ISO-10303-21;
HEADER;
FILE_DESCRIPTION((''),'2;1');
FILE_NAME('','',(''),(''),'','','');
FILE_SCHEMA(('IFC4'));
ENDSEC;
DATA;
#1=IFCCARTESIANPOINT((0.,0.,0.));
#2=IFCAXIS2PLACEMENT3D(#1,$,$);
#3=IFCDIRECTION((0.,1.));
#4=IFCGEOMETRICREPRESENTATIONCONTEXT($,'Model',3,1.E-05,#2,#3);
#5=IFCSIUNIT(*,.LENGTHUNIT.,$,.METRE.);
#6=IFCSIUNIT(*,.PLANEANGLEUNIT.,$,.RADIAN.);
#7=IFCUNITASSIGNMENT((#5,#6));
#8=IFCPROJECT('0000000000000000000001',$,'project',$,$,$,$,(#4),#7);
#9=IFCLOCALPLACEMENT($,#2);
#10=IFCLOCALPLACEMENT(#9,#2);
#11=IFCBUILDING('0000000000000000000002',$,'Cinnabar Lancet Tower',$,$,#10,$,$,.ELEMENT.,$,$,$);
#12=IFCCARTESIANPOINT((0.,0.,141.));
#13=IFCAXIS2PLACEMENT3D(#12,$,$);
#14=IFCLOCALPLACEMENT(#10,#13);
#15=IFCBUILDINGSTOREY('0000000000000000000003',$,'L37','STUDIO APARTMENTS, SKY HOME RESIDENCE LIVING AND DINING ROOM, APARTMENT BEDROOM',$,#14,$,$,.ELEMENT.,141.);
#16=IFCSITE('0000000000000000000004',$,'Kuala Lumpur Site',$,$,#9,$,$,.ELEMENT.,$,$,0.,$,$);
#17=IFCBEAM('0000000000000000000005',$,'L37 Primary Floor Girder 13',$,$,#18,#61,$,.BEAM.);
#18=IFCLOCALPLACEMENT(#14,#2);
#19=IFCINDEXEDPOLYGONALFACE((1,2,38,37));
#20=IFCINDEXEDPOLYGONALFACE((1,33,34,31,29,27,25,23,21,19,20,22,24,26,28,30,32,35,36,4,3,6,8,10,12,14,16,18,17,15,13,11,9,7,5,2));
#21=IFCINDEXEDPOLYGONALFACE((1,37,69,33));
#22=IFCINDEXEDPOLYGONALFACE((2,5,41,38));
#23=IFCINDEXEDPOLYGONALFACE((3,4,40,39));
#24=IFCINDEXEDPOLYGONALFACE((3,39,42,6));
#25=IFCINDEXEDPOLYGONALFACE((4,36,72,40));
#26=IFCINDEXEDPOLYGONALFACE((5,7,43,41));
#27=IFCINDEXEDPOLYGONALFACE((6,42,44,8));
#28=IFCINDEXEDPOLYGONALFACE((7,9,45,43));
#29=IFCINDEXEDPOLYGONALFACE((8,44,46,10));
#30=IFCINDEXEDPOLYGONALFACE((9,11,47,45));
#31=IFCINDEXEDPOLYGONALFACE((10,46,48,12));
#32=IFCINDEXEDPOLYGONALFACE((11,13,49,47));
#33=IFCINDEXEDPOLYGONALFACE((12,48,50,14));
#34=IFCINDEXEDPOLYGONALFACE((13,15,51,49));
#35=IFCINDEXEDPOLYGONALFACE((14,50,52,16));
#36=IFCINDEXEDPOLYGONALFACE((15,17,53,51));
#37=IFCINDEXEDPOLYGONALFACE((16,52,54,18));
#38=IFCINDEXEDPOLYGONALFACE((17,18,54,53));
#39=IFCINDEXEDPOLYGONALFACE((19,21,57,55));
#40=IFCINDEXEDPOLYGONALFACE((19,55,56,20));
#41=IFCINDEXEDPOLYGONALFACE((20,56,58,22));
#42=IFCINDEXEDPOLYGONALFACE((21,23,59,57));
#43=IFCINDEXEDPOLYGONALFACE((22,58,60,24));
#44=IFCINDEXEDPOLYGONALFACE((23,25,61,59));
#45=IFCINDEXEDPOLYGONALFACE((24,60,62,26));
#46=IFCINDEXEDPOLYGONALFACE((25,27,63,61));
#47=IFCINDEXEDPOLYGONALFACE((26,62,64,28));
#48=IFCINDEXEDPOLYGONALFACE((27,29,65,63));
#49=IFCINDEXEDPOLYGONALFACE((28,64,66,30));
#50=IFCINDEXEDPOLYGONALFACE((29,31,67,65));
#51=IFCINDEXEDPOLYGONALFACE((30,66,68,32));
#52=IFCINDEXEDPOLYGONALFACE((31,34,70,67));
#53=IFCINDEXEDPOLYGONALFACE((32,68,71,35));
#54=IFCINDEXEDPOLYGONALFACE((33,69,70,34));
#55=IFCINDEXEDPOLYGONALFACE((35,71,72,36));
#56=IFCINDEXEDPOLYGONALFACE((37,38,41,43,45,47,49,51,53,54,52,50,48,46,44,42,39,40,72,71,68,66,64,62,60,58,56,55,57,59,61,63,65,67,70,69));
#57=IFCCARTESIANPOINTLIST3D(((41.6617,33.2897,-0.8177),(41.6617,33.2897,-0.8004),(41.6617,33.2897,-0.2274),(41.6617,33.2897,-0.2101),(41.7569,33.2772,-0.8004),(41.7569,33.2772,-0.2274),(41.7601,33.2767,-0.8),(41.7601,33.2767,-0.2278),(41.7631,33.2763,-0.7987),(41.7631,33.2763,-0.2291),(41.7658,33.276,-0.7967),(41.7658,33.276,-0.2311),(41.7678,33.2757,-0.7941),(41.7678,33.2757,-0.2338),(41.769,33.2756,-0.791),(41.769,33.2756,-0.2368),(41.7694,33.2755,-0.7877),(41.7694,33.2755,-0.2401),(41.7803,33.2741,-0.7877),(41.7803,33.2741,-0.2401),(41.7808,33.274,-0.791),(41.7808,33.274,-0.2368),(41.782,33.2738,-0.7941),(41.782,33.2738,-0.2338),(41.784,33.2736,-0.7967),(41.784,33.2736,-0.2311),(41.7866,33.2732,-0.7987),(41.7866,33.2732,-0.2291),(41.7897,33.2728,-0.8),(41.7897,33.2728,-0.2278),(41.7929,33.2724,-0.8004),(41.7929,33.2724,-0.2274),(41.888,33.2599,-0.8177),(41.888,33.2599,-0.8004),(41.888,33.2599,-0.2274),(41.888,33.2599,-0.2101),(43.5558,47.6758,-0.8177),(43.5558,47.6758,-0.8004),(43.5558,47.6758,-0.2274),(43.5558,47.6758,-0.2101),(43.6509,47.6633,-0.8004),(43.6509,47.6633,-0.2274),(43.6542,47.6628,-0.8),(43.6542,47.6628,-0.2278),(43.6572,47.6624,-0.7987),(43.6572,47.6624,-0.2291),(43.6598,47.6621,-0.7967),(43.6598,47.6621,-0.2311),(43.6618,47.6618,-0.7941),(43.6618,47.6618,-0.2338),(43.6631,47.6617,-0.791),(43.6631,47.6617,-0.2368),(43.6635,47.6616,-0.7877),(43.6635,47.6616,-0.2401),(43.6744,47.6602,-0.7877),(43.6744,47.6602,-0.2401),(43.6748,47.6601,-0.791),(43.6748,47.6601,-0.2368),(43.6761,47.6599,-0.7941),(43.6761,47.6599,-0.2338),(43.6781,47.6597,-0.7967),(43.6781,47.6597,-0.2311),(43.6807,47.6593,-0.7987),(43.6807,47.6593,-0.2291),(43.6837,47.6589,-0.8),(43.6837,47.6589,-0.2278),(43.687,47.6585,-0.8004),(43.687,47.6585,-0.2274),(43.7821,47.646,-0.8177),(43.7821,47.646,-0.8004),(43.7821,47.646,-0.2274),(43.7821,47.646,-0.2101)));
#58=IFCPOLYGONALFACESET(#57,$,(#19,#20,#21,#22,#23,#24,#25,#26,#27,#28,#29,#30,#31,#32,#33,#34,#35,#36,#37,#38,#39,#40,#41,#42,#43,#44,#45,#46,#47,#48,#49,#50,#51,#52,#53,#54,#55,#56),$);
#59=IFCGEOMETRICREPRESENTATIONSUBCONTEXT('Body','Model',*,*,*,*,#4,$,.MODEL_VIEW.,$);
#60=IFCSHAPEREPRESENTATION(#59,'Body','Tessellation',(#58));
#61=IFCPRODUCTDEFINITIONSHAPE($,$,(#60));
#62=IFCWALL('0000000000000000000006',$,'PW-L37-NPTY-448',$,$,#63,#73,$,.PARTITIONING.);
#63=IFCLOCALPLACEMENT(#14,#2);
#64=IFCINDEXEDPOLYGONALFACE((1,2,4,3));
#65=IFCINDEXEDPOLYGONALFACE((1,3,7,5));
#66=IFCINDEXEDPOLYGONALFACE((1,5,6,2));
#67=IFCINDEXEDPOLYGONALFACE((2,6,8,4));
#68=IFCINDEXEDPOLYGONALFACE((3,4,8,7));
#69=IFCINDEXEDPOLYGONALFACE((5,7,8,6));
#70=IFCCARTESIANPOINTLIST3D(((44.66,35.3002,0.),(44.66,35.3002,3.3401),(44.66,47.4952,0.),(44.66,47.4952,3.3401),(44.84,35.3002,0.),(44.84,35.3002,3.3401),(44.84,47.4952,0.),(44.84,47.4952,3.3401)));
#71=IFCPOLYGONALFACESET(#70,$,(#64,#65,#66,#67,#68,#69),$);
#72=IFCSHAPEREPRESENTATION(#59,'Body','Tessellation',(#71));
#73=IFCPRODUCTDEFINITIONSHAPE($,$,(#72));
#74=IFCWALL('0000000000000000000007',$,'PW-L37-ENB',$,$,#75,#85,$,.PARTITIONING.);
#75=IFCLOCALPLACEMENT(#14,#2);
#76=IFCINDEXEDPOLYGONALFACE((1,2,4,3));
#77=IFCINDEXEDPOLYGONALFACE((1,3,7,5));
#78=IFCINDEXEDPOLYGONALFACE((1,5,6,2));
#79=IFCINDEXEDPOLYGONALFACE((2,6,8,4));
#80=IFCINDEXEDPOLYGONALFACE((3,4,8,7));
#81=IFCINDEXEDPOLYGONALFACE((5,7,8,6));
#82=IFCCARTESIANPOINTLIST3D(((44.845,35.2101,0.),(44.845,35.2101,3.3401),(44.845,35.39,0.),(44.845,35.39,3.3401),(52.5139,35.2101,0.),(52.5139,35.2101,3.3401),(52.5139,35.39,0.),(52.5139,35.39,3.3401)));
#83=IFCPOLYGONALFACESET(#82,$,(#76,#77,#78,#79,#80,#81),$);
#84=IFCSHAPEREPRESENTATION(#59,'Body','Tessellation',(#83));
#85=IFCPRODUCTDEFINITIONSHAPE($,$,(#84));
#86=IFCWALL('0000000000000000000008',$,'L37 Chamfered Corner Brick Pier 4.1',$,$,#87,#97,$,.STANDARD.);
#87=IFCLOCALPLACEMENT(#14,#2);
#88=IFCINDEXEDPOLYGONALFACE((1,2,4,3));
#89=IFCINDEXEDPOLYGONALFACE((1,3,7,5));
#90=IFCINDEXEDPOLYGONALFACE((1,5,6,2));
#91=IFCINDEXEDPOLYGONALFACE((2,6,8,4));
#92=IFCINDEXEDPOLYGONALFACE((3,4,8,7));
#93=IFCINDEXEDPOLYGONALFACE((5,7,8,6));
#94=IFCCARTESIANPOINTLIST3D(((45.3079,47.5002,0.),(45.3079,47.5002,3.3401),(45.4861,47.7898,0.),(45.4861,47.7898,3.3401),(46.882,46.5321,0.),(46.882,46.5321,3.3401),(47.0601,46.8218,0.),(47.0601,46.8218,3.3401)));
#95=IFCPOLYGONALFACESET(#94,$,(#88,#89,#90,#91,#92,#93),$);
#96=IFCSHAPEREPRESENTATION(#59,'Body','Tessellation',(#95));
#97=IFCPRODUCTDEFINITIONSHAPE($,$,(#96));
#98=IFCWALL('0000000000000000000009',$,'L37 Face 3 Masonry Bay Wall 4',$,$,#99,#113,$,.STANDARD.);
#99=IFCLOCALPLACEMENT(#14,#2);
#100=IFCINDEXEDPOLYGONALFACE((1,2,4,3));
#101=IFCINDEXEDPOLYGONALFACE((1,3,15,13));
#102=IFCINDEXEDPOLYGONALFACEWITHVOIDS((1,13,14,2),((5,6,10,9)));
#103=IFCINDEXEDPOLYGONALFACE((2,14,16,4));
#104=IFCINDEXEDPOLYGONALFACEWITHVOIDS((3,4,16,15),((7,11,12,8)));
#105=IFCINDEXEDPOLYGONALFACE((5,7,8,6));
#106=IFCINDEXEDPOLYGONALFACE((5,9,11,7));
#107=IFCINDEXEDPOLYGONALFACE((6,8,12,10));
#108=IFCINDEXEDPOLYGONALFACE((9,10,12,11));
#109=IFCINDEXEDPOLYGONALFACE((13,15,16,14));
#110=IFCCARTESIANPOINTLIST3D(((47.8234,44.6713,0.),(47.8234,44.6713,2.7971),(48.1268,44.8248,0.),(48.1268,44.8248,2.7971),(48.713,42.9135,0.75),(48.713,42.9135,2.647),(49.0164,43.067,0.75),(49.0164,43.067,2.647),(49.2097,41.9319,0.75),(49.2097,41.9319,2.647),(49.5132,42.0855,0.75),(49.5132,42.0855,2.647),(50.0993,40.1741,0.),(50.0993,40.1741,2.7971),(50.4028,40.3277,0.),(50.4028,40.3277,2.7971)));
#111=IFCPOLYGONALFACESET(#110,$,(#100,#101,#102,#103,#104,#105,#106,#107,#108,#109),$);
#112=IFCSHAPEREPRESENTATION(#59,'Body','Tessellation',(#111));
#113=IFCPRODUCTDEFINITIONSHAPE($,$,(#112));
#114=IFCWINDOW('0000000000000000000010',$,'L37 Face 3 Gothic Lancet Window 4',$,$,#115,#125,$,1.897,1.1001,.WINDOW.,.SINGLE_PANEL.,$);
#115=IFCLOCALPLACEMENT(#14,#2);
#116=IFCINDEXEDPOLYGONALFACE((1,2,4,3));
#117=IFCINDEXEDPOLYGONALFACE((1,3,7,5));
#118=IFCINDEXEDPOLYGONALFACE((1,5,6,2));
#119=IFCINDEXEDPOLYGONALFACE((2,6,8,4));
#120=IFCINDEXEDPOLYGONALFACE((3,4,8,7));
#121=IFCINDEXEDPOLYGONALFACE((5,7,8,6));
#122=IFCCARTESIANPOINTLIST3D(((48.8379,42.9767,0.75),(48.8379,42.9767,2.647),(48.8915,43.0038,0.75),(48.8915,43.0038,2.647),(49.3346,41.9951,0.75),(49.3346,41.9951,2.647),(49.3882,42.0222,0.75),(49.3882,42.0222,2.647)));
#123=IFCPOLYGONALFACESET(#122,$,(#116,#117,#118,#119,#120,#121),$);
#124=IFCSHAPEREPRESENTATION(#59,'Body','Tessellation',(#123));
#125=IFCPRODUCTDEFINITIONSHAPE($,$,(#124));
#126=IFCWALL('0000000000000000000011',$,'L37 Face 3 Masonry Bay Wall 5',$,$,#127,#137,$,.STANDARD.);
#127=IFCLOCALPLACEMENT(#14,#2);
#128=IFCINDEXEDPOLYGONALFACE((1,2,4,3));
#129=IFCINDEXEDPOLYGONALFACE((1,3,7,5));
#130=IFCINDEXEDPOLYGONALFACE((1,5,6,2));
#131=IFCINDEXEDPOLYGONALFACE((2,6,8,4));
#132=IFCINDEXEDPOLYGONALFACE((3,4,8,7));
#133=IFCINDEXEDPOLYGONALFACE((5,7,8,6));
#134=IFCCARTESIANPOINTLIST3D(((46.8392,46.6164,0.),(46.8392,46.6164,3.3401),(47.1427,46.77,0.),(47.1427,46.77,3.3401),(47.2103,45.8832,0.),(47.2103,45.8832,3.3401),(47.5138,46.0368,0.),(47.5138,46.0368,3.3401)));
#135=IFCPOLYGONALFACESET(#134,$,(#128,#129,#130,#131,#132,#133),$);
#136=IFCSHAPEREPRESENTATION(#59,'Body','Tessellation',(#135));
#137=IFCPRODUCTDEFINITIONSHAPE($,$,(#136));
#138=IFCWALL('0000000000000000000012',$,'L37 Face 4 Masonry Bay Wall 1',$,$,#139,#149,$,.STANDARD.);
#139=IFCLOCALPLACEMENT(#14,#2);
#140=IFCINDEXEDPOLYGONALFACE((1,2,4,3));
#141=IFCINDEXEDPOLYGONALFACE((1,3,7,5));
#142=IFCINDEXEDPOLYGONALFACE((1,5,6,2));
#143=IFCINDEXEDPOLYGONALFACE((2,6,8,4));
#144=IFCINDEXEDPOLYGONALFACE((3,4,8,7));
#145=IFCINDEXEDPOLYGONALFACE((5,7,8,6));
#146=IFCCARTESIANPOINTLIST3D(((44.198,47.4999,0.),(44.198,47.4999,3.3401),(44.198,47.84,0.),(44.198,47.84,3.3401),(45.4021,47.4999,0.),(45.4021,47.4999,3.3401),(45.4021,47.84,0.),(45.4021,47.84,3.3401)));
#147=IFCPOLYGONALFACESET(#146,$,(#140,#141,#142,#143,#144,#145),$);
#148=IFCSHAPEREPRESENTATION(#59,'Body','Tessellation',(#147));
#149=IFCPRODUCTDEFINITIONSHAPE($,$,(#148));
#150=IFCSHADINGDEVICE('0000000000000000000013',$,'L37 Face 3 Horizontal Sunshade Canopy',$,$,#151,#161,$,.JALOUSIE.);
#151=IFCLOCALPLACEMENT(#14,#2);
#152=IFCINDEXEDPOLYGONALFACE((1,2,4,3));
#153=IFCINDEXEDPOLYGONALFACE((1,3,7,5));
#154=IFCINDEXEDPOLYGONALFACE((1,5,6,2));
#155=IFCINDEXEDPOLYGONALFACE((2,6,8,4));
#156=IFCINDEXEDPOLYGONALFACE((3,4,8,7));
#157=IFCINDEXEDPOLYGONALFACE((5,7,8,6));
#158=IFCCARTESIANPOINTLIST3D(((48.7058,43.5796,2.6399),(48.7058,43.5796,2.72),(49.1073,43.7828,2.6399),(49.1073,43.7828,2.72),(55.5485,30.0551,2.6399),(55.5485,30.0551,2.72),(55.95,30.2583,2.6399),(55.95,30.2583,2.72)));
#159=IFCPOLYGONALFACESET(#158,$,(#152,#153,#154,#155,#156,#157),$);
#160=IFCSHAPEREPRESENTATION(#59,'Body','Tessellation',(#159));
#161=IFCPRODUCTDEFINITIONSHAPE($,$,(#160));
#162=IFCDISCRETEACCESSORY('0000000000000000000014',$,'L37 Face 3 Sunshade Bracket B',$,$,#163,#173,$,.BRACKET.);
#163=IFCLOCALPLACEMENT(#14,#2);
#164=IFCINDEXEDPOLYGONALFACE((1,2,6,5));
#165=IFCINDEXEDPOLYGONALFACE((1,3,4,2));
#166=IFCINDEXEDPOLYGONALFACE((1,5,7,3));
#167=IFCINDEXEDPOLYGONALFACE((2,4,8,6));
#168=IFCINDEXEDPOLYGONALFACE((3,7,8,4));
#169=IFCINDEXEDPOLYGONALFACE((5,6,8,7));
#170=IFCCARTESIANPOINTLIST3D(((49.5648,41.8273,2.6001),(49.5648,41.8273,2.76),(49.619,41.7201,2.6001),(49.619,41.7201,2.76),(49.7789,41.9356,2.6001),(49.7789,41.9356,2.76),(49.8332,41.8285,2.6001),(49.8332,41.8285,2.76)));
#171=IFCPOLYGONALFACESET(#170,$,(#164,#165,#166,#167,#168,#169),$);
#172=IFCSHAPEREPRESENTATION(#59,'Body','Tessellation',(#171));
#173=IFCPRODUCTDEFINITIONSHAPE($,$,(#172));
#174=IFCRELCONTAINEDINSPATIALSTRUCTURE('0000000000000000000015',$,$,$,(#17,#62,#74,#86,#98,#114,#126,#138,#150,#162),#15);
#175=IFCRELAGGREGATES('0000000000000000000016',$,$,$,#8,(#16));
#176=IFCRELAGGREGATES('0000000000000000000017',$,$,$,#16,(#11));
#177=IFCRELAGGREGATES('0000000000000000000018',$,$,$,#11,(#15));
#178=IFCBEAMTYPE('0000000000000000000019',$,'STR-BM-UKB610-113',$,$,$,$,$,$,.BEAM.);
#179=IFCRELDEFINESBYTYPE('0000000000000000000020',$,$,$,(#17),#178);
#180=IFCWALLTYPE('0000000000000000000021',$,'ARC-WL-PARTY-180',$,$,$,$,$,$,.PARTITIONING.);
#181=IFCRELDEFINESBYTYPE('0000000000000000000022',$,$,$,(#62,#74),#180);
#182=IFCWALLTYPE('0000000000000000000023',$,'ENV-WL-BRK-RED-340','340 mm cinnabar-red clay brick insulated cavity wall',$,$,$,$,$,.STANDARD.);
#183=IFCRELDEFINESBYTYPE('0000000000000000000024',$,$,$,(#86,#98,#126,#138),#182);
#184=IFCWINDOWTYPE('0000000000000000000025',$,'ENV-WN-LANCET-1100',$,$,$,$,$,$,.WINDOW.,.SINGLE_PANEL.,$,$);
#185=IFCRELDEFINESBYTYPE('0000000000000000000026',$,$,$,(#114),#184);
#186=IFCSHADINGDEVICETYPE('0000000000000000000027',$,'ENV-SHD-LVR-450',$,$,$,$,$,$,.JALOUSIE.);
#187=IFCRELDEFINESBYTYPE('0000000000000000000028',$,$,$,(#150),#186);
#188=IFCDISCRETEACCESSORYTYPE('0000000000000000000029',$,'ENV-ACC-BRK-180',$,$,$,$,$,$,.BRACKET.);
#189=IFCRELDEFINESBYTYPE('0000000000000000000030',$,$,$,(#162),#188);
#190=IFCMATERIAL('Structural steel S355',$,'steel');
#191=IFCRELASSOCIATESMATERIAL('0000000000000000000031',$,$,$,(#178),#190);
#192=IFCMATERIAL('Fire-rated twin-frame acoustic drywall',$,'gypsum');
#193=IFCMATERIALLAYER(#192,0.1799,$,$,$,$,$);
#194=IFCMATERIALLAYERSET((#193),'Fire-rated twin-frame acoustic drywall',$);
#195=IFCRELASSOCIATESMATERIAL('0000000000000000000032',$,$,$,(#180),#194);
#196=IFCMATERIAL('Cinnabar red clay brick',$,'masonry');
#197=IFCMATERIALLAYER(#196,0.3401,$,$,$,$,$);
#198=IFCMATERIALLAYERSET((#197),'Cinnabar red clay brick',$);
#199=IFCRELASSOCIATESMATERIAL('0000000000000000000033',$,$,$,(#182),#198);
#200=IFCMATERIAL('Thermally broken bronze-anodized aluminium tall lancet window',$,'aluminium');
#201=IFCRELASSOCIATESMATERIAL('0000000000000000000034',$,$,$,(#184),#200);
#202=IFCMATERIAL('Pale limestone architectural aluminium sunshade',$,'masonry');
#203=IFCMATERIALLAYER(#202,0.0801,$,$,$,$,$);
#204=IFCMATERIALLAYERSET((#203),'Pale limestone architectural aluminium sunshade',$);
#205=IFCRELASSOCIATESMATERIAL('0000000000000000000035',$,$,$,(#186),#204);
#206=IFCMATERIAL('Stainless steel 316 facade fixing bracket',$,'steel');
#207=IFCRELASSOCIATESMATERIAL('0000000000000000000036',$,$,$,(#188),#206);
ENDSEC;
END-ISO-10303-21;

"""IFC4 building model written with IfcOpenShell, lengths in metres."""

from ifc_helpers import new_model, si_unit, direction, frame, frame_2d, origin, origin_2d, place, context, subcontext, project, spatial, rectangle, i_section, extrude, material, layer, layer_set, material_profile, profile_set, type_object, element, fill, save


model = new_model("IFC4")

# Units and contexts
model_context = context("Model", 3, precision=1e-05, world=origin(), true_north=direction((0.0, 1.0)))
body_context = subcontext(model_context, "Body", "Model", "MODEL_VIEW")
ifc_project = project(units=[si_unit("LENGTHUNIT", "METRE"), si_unit("PLANEANGLEUNIT", "RADIAN")], contexts=[model_context])

# Site, building, storey
site_placement = place(None, origin())
site = spatial("IfcSite", under=ifc_project, at=site_placement, Name="Kuala Lumpur Site", CompositionType="ELEMENT", RefElevation=0.0)
building_placement = place(site_placement, origin())
building = spatial("IfcBuilding", under=site, at=building_placement, Name="Cinnabar Lancet Tower", CompositionType="ELEMENT")
storey_placement = place(building_placement, frame((0.0, 0.0, 141.0)))
storey = spatial("IfcBuildingStorey", under=building, at=storey_placement, Name="L37", Description="STUDIO APARTMENTS, SKY HOME RESIDENCE LIVING AND DINING ROOM, APARTMENT BEDROOM", CompositionType="ELEMENT", Elevation=141.0)

# Beam
ifc_material_1 = material(Name="Structural steel S355", Category="steel")
ifc_material_profile_1 = material_profile(ifc_material_1, i_section(OverallWidth=0.2283, OverallDepth=0.6077, WebThickness=0.011, FlangeThickness=0.0173, FilletRadius=0.0127, at=origin_2d()), Name="UKB 610x229x113")
ifc_profile_set_1 = profile_set([ifc_material_profile_1], Name="Structural steel S355")
beam_type_1 = type_object("IfcBeamType", Name="STR-BM-UKB610-113", PredefinedType="BEAM", material=ifc_profile_set_1)
beam_1_placement = place(storey_placement, frame((43.6689, 47.6609, -0.5139), z_axis=(-0.130532, -0.991444, 0.0), x_axis=(0.991444, -0.130532, 0.0)))
element("IfcBeam", 1, at=beam_1_placement, inside=storey, type_object=beam_type_1, Name="L37 Primary Floor Girder 13", PredefinedType="BEAM", context=body_context, shape_type="SweptSolid", body=[
    extrude(i_section(OverallWidth=0.2283, OverallDepth=0.6077, WebThickness=0.011, FlangeThickness=0.0173, FilletRadius=0.0127, at=origin_2d()), origin(), (0.0, 0.0, 1.0), 14.5103),
])

# Walls
ifc_material_2 = material(Name="Fire-rated twin-frame acoustic drywall", Category="gypsum")
ifc_layer_1 = layer(ifc_material_2, 0.1799)
ifc_layer_set_1 = layer_set([ifc_layer_1], Name="Fire-rated twin-frame acoustic drywall")
wall_type_1 = type_object("IfcWallType", Name="ARC-WL-PARTY-180", PredefinedType="PARTITIONING", material=ifc_layer_set_1)
wall_1_placement = place(storey_placement, frame((44.75, 35.3, 0.0), z_axis=(0.0, 0.0, 1.0), x_axis=(0.0, 1.0, 0.0)))
element("IfcWall", 2, at=wall_1_placement, inside=storey, type_object=wall_type_1, Name="PW-L37-NPTY-448", PredefinedType="PARTITIONING", context=body_context, shape_type="SweptSolid", body=[
    extrude(rectangle(XDim=12.1951, YDim=0.1799, at=frame_2d((6.0977, 0.0))), origin(), (0.0, 0.0, 1.0), 3.3401),
])
wall_2_placement = place(storey_placement, frame((44.845, 35.3, 0.0), z_axis=(0.0, 0.0, 1.0), x_axis=(1.0, 0.0, 0.0)))
element("IfcWall", 3, at=wall_2_placement, inside=storey, type_object=wall_type_1, Name="PW-L37-ENB", PredefinedType="PARTITIONING", context=body_context, shape_type="SweptSolid", body=[
    extrude(rectangle(XDim=7.6689, YDim=0.1799, at=frame_2d((3.8345, 0.0))), origin(), (0.0, 0.0, 1.0), 3.3401),
])
ifc_material_3 = material(Name="Cinnabar red clay brick", Category="masonry")
ifc_layer_2 = layer(ifc_material_3, 0.3401)
ifc_layer_set_2 = layer_set([ifc_layer_2], Name="Cinnabar red clay brick")
wall_type_2 = type_object("IfcWallType", Name="ENV-WL-BRK-RED-340", Description="340 mm cinnabar-red clay brick insulated cavity wall", PredefinedType="STANDARD", material=ifc_layer_set_2)
wall_3_placement = place(storey_placement, frame((46.9709, 46.677, 0.0), z_axis=(0.0, 0.0, 1.0), x_axis=(-0.851799, 0.523869, 0.0)))
element("IfcWall", 4, at=wall_3_placement, inside=storey, type_object=wall_type_2, Name="L37 Chamfered Corner Brick Pier 4.1", PredefinedType="STANDARD", context=body_context, shape_type="SweptSolid", body=[
    extrude(rectangle(XDim=1.8479, YDim=0.3401, at=frame_2d((0.9238, 0.0))), origin(), (0.0, 0.0, 1.0), 3.3401),
])

# Wall, opening, window
wall_4_placement = place(storey_placement, frame((50.251, 40.251, 0.0), z_axis=(0.0, 0.0, 1.0), x_axis=(-0.451548, 0.892247, 0.0)))
wall_4 = element("IfcWall", 5, at=wall_4_placement, inside=storey, type_object=wall_type_2, Name="L37 Face 3 Masonry Bay Wall 4", PredefinedType="STANDARD", context=body_context, shape_type="SweptSolid", body=[
    extrude(rectangle(XDim=5.0403, YDim=0.3401, at=frame_2d((2.52, 0.0))), origin(), (0.0, 0.0, 1.0), 2.7971),
])
opening_placement = place(wall_4_placement, frame((1.97, 0.0, 0.75)))
opening = element("IfcOpeningElement", 6, at=opening_placement, cuts=wall_4, PredefinedType="OPENING", context=body_context, shape_type="SweptSolid", body=[
    extrude(rectangle(XDim=1.1001, YDim=1.897, at=frame_2d((0.55, 0.9485))), frame((0.0, 0.1799, 0.0), z_axis=(0.0, -1.0, 0.0), x_axis=(1.0, 0.0, 0.0)), (0.0, 0.0, 1.0), 0.3601),
])
ifc_material_4 = material(Name="Thermally broken bronze-anodized aluminium tall lancet window", Category="aluminium")
window_type = type_object("IfcWindowType", Name="ENV-WN-LANCET-1100", PartitioningType="SINGLE_PANEL", PredefinedType="WINDOW", material=ifc_material_4)
window_placement = place(opening_placement, origin())
window = element("IfcWindow", 7, at=window_placement, inside=storey, type_object=window_type, Name="L37 Face 3 Gothic Lancet Window 4", OverallHeight=1.897, OverallWidth=1.1001, PartitioningType="SINGLE_PANEL", PredefinedType="WINDOW", context=body_context, shape_type="SweptSolid", body=[
    extrude(rectangle(XDim=1.1001, YDim=1.897, at=frame_2d((0.55, 0.9485))), frame((0.0, 0.03, 0.0), z_axis=(0.0, -1.0, 0.0), x_axis=(1.0, 0.0, 0.0)), (0.0, 0.0, 1.0), 0.0601),
])
fill(opening, window)

# Walls
wall_5_placement = place(storey_placement, frame((47.3621, 45.96, 0.0), z_axis=(0.0, 0.0, 1.0), x_axis=(-0.451605, 0.892218, 0.0)))
element("IfcWall", 8, at=wall_5_placement, inside=storey, type_object=wall_type_2, Name="L37 Face 3 Masonry Bay Wall 5", PredefinedType="STANDARD", context=body_context, shape_type="SweptSolid", body=[
    extrude(rectangle(XDim=0.8218, YDim=0.3401, at=frame_2d((0.4109, 0.0))), origin(), (0.0, 0.0, 1.0), 3.3401),
])
wall_6_placement = place(storey_placement, frame((45.4021, 47.6699, 0.0), z_axis=(0.0, 0.0, 1.0), x_axis=(-1.0, 0.0, 0.0)))
element("IfcWall", 9, at=wall_6_placement, inside=storey, type_object=wall_type_2, Name="L37 Face 4 Masonry Bay Wall 1", PredefinedType="STANDARD", context=body_context, shape_type="SweptSolid", body=[
    extrude(rectangle(XDim=1.2041, YDim=0.3401, at=frame_2d((0.6021, 0.0))), origin(), (0.0, 0.0, 1.0), 3.3401),
])

# Shading device
ifc_material_5 = material(Name="Pale limestone architectural aluminium sunshade", Category="masonry")
ifc_layer_3 = layer(ifc_material_5, 0.0801)
ifc_layer_set_3 = layer_set([ifc_layer_3], Name="Pale limestone architectural aluminium sunshade")
shading_device_type = type_object("IfcShadingDeviceType", Name="ENV-SHD-LVR-450", PredefinedType="JALOUSIE", material=ifc_layer_set_3)
shading_device_placement = place(storey_placement, frame((52.3279, 36.9189, 2.6399), z_axis=(0.0, 0.0, 1.0), x_axis=(-0.451454, 0.892294, 0.0)))
element("IfcShadingDevice", 10, at=shading_device_placement, inside=storey, type_object=shading_device_type, Name="L37 Face 3 Horizontal Sunshade Canopy", PredefinedType="JALOUSIE", context=body_context, shape_type="SweptSolid", body=[
    extrude(rectangle(XDim=15.157, YDim=0.45, at=origin_2d()), origin(), (0.0, 0.0, 1.0), 0.0801),
])

# Discrete accessory
ifc_material_6 = material(Name="Stainless steel 316 facade fixing bracket", Category="steel")
discrete_accessory_type = type_object("IfcDiscreteAccessoryType", Name="ENV-ACC-BRK-180", PredefinedType="BRACKET", material=ifc_material_6)
discrete_accessory_placement = place(storey_placement, frame((49.699, 41.8279, 2.6001), z_axis=(0.0, 0.0, 1.0), x_axis=(-0.451454, 0.892294, 0.0)))
element("IfcDiscreteAccessory", 11, at=discrete_accessory_placement, inside=storey, type_object=discrete_accessory_type, Name="L37 Face 3 Sunshade Bracket B", PredefinedType="BRACKET", context=body_context, shape_type="SweptSolid", body=[
    extrude(rectangle(XDim=0.1201, YDim=0.24, at=origin_2d()), origin(), (0.0, 0.0, 1.0), 0.1599),
])

save(model, "model.ifc")
